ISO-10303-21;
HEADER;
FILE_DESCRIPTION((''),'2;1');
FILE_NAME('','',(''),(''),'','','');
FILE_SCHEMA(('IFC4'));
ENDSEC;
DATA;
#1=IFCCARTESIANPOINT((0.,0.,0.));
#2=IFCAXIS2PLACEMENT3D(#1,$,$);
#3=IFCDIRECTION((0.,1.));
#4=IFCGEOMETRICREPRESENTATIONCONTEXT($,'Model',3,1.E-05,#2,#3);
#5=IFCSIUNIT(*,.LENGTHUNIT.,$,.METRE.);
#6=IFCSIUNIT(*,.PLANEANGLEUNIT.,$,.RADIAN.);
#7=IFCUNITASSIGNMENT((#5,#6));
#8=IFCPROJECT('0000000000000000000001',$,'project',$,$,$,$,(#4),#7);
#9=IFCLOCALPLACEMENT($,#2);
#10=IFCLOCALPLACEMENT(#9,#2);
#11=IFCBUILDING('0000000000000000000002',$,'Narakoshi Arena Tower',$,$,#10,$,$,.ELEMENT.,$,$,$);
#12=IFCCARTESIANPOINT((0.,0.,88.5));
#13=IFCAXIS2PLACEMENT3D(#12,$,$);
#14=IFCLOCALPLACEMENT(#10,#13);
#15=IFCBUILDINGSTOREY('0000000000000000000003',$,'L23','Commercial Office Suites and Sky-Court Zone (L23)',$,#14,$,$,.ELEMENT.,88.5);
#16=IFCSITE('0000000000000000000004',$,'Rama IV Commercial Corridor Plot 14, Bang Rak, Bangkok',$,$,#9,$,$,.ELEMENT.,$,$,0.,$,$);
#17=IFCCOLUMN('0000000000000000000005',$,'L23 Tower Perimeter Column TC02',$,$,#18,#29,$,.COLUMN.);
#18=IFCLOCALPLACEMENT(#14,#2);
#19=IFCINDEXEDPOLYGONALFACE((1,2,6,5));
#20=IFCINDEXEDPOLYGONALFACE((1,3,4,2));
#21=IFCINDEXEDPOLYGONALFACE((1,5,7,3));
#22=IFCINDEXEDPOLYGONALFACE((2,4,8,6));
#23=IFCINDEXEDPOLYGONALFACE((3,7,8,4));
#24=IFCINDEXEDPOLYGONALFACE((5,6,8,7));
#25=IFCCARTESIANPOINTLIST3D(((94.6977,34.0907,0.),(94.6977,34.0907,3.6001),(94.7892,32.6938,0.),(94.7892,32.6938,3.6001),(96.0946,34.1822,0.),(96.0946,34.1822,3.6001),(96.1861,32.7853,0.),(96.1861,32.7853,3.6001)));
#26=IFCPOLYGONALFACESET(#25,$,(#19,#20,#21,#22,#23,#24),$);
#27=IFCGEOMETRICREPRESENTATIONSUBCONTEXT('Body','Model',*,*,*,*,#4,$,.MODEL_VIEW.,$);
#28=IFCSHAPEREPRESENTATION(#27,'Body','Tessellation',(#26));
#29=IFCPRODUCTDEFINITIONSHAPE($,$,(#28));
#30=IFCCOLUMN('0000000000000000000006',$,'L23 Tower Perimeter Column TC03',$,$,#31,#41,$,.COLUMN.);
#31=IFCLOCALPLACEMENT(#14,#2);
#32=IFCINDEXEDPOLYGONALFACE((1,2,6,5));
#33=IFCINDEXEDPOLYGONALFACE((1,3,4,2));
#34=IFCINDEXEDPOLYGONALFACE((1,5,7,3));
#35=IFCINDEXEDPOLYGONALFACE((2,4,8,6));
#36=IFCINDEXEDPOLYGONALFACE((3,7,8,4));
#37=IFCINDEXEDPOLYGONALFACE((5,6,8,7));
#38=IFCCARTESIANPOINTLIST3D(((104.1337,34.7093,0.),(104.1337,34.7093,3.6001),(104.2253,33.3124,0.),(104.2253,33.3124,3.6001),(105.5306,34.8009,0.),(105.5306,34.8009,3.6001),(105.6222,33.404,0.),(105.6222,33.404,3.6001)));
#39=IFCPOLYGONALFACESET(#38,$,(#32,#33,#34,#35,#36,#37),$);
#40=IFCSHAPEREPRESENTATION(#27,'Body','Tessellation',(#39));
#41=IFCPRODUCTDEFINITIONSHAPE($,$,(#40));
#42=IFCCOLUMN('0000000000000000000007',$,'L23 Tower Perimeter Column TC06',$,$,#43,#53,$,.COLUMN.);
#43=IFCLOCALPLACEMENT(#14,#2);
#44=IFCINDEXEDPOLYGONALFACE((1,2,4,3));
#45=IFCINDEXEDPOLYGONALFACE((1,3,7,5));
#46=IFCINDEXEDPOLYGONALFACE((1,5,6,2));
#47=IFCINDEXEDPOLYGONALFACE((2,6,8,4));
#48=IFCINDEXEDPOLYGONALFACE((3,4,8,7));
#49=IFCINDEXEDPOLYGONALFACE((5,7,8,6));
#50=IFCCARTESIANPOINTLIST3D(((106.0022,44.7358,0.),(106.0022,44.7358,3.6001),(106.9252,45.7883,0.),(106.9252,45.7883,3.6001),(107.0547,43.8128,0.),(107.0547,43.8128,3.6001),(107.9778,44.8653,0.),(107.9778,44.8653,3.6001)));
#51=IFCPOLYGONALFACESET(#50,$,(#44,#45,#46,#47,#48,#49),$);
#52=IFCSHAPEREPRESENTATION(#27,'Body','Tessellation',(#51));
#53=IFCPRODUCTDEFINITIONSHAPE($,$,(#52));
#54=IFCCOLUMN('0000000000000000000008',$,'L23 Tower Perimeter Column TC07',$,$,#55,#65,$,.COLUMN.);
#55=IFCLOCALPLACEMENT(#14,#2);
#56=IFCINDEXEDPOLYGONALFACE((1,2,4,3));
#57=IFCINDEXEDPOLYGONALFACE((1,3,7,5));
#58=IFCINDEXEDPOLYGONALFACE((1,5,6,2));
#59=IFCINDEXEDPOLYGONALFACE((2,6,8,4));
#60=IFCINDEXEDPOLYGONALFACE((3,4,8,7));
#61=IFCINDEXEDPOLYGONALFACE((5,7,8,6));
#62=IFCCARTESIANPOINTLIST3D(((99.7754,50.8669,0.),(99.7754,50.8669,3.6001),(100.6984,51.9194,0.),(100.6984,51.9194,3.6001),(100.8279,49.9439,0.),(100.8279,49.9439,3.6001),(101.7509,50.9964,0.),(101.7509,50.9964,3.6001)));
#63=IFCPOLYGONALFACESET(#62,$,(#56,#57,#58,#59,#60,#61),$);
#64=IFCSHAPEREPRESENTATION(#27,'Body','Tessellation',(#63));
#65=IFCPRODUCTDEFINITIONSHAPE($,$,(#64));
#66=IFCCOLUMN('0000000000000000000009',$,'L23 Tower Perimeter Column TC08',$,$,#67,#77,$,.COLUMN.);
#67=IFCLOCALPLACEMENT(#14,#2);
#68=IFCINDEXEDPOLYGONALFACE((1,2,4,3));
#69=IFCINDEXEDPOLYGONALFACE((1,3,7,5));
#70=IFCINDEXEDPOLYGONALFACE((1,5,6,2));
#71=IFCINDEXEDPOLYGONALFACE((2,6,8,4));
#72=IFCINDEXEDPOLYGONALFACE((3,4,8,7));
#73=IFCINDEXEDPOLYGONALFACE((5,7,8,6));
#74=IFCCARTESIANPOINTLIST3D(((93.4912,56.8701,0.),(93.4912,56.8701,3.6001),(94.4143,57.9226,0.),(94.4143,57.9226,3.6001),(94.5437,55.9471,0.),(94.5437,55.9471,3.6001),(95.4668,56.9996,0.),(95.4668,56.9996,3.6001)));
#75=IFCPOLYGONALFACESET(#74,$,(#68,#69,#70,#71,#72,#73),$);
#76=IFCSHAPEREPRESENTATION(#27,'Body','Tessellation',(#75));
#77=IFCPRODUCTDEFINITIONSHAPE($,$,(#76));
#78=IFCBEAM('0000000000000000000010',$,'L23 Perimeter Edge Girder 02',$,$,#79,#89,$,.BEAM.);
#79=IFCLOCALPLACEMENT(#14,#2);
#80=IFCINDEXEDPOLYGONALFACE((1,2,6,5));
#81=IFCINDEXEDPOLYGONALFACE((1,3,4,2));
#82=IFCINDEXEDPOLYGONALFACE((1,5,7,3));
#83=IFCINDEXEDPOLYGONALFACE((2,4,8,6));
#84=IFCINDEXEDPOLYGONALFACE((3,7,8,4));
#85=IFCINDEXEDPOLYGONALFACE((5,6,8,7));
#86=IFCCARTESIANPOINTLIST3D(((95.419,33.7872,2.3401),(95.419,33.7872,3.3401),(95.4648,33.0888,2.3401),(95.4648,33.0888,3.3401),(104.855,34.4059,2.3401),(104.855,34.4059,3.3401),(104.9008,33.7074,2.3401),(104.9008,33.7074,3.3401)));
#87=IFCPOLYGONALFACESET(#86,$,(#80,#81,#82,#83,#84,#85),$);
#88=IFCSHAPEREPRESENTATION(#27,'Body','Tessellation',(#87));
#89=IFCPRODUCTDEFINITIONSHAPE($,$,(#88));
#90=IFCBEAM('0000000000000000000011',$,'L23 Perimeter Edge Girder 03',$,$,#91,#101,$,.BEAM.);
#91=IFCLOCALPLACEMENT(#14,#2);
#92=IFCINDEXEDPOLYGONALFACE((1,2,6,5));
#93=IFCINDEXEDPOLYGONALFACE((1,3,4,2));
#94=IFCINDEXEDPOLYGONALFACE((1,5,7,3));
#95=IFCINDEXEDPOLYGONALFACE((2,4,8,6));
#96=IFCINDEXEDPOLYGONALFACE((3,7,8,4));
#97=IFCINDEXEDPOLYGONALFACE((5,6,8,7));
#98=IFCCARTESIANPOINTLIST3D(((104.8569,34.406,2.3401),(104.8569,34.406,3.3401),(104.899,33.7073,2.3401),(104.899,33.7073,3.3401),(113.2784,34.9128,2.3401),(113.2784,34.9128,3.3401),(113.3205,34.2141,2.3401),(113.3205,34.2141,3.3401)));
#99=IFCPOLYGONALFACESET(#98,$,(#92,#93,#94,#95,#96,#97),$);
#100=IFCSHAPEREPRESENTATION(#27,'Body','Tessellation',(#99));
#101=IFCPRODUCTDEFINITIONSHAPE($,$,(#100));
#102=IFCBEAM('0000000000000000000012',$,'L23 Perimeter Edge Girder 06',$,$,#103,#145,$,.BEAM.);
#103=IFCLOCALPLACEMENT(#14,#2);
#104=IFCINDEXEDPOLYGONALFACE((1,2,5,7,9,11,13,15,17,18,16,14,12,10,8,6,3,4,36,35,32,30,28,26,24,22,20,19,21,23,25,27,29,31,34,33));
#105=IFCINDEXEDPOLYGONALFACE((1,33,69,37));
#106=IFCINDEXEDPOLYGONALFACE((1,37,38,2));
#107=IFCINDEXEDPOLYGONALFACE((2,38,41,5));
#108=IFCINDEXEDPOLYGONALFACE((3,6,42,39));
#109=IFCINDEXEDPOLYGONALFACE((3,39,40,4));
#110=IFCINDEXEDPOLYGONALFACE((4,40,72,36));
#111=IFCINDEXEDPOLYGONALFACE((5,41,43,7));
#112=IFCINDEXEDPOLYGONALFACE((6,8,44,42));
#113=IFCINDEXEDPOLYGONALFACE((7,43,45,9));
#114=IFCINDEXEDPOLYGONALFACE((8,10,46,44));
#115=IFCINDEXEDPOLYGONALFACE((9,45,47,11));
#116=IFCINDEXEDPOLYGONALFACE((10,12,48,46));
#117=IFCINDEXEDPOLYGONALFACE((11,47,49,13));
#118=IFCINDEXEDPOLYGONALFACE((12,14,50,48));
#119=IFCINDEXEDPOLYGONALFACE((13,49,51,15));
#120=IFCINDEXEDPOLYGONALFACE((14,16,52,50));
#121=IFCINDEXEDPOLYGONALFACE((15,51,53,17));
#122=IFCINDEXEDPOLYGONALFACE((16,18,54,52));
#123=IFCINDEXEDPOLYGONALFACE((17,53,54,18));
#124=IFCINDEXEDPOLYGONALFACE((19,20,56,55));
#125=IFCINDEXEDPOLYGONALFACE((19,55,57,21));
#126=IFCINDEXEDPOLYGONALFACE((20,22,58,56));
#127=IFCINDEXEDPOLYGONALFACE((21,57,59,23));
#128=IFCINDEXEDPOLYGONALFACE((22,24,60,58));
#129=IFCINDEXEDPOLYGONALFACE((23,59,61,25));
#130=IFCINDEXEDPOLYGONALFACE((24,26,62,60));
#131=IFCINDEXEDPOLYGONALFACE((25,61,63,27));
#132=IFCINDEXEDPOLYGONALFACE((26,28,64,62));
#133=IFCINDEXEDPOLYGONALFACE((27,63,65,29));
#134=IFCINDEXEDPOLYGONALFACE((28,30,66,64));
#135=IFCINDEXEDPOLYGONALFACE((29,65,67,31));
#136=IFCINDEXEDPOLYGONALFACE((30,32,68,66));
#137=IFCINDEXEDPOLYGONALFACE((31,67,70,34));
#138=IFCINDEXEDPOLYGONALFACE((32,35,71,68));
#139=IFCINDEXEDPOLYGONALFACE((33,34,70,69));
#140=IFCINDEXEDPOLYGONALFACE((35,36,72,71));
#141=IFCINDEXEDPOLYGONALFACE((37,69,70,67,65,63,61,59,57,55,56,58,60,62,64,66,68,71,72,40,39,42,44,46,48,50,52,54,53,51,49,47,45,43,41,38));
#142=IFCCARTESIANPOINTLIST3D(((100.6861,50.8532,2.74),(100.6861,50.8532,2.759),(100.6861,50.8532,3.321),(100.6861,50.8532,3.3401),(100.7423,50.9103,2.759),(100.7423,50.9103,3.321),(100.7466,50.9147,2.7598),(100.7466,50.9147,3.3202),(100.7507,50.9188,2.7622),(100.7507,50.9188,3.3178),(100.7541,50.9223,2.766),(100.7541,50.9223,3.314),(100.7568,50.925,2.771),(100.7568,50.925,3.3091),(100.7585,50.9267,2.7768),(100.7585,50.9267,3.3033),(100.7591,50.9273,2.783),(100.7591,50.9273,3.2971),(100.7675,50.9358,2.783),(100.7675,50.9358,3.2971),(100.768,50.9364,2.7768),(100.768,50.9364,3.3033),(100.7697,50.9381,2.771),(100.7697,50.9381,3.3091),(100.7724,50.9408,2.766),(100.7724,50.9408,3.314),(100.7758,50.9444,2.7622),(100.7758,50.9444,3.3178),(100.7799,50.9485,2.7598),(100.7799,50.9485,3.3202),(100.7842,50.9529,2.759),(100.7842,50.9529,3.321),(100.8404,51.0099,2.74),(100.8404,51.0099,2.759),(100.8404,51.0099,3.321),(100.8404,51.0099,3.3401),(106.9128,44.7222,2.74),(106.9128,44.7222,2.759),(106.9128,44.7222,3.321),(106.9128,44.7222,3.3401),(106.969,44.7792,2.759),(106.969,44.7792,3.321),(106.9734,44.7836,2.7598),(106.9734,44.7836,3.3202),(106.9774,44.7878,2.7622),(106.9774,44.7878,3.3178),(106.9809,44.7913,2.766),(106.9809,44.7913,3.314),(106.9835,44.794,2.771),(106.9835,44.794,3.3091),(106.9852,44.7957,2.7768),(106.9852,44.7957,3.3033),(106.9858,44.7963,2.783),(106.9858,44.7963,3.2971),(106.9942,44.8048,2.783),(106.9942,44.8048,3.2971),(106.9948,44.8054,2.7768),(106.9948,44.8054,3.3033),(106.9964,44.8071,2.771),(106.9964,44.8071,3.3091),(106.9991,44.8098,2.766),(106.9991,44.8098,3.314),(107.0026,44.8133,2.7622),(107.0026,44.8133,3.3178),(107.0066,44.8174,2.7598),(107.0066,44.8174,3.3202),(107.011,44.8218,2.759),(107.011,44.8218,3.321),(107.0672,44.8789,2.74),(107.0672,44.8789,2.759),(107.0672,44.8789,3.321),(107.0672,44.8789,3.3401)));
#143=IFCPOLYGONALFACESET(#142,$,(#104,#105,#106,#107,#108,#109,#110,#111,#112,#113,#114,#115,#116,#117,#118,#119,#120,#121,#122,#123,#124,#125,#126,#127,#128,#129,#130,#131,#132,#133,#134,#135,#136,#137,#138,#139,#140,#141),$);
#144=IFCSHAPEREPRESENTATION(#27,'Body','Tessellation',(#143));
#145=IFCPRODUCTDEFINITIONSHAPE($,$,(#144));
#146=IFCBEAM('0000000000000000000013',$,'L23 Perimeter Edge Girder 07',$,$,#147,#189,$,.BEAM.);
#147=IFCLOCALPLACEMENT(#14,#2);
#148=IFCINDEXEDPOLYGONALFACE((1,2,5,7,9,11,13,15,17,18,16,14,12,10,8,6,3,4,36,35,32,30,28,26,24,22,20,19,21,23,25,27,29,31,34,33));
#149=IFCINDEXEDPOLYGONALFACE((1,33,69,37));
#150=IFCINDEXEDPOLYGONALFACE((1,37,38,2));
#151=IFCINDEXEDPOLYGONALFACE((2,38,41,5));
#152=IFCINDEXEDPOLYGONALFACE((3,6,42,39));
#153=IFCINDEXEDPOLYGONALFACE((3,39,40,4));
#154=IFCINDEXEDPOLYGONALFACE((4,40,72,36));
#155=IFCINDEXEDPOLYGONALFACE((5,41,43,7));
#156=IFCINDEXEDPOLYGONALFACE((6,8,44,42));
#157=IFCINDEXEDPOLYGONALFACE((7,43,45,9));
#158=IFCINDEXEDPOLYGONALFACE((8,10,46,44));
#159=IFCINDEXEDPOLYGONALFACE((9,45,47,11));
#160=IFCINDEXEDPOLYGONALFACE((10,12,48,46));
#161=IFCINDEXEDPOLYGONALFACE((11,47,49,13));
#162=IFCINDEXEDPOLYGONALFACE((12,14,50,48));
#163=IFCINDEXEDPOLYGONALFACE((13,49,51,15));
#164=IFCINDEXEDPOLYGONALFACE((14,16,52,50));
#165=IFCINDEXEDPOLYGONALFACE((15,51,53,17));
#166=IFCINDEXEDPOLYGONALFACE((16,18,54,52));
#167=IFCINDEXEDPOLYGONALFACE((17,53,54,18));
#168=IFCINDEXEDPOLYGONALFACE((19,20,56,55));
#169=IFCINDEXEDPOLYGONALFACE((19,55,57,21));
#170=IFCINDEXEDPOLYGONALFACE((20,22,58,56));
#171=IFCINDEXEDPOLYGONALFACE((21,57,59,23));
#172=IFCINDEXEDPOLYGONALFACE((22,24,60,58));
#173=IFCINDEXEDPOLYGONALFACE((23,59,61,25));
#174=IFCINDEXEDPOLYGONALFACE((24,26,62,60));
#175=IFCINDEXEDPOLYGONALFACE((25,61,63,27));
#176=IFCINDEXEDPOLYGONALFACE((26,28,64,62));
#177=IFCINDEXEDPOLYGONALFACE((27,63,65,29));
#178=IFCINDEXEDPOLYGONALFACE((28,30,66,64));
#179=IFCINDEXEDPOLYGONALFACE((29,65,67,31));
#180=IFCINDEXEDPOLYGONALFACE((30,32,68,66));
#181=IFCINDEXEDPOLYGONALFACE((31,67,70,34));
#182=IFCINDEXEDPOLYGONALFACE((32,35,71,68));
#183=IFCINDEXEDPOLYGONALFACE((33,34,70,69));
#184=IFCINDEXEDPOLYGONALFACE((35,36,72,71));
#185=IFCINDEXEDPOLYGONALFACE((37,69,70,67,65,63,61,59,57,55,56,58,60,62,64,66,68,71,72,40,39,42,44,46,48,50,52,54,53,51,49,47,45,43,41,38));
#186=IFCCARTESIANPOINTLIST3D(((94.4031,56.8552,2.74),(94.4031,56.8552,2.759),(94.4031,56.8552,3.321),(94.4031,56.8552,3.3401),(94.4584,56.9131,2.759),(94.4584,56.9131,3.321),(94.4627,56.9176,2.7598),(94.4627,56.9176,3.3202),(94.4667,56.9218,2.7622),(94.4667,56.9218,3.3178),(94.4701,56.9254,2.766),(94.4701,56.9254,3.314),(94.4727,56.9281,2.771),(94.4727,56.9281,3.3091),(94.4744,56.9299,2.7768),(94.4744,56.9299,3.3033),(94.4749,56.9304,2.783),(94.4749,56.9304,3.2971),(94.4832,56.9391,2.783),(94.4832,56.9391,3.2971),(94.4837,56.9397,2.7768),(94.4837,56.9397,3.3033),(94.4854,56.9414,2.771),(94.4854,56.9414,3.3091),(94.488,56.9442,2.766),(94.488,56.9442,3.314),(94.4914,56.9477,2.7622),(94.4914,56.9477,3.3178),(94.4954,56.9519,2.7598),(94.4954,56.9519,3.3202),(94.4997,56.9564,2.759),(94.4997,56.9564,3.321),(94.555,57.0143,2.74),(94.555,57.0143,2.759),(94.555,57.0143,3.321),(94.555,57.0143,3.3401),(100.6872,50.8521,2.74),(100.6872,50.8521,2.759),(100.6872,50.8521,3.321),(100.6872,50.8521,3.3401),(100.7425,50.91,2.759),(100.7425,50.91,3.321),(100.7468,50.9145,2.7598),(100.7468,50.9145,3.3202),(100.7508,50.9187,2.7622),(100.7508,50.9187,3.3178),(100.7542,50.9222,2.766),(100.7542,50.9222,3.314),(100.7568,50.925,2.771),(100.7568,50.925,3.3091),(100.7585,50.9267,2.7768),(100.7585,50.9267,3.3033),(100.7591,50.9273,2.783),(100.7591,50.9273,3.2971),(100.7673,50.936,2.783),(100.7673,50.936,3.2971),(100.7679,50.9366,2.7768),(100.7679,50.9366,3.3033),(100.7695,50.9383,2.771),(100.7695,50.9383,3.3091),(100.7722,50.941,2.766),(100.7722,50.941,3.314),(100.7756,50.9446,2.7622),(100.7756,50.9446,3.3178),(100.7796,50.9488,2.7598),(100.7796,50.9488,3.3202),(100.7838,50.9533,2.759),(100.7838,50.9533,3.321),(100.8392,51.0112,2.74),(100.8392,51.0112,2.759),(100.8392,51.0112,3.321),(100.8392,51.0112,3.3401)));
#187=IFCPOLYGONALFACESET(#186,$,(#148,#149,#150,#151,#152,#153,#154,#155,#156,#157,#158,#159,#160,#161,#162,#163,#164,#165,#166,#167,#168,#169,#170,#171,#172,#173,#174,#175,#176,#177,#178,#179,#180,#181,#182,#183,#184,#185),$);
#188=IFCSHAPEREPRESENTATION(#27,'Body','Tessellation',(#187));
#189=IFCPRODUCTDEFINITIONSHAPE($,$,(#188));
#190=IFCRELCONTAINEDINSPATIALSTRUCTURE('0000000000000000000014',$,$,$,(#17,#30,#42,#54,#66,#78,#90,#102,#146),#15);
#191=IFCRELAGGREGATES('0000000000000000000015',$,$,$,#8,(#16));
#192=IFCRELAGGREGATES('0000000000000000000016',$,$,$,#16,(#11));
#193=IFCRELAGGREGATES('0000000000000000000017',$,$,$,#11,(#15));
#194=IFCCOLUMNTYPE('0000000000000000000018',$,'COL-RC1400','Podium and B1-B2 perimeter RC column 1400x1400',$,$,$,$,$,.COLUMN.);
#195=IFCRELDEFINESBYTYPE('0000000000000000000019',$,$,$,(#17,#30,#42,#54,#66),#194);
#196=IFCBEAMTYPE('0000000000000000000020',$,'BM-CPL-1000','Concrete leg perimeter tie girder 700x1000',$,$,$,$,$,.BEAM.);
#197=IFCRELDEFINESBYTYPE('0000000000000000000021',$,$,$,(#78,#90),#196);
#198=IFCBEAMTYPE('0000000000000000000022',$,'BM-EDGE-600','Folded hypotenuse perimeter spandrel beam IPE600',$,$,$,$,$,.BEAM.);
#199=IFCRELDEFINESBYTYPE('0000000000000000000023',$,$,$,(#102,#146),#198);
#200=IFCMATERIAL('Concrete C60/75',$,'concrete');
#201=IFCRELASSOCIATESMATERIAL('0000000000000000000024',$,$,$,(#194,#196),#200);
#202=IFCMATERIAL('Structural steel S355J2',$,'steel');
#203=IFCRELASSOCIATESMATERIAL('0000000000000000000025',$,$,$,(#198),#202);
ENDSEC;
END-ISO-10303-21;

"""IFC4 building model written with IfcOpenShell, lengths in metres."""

from ifc_helpers import new_model, si_unit, direction, frame, origin, origin_2d, place, context, subcontext, project, spatial, rectangle, i_section, extrude, material, material_profile, profile_set, type_object, element, save


model = new_model("IFC4")

# Units and contexts
model_context = context("Model", 3, precision=1e-05, world=origin(), true_north=direction((0.0, 1.0)))
body_context = subcontext(model_context, "Body", "Model", "MODEL_VIEW")
ifc_project = project(units=[si_unit("LENGTHUNIT", "METRE"), si_unit("PLANEANGLEUNIT", "RADIAN")], contexts=[model_context])

# Site, building, storey
site_placement = place(None, origin())
site = spatial("IfcSite", under=ifc_project, at=site_placement, Name="Rama IV Commercial Corridor Plot 14, Bang Rak, Bangkok", CompositionType="ELEMENT", RefElevation=0.0)
building_placement = place(site_placement, origin())
building = spatial("IfcBuilding", under=site, at=building_placement, Name="Narakoshi Arena Tower", CompositionType="ELEMENT")
storey_placement = place(building_placement, frame((0.0, 0.0, 88.5)))
storey = spatial("IfcBuildingStorey", under=building, at=storey_placement, Name="L23", Description="Commercial Office Suites and Sky-Court Zone (L23)", CompositionType="ELEMENT", Elevation=88.5)

# Columns
ifc_material_1 = material(Name="Concrete C60/75", Category="concrete")
ifc_material_profile_1 = material_profile(ifc_material_1, rectangle(XDim=1.3999, YDim=1.3999, at=origin_2d()), Name="RC1400x1400")
ifc_profile_set_1 = profile_set([ifc_material_profile_1], Name="Concrete C60/75")
column_type = type_object("IfcColumnType", Name="COL-RC1400", Description="Podium and B1-B2 perimeter RC column 1400x1400", PredefinedType="COLUMN", material=ifc_profile_set_1)
for number, where, z_axis, x_axis, name in (
    (1, (95.4419, 33.438, 0.0), (0.0, 0.0, 1.0), (0.997859, 0.065403, 0.0), "L23 Tower Perimeter Column TC02"),
    (2, (104.8779, 34.0566, 0.0), (0.0, 0.0, 1.0), (0.997859, 0.065403, 0.0), "L23 Tower Perimeter Column TC03"),
    (3, (106.99, 44.8005, 0.0), (0.0, 0.0, 1.0), (0.659346, 0.75184, 0.0), "L23 Tower Perimeter Column TC06"),
    (4, (100.7632, 50.9316, 0.0), (0.0, 0.0, 1.0), (0.659346, 0.75184, 0.0), "L23 Tower Perimeter Column TC07"),
    (5, (94.479, 56.9348, 0.0), (0.0, 0.0, 1.0), (0.659346, 0.75184, 0.0), "L23 Tower Perimeter Column TC08"),
):
    element("IfcColumn", number, at=place(storey_placement, frame(where, z_axis=z_axis, x_axis=x_axis)), inside=storey, type_object=column_type, Name=name, PredefinedType="COLUMN", context=body_context, shape_type="SweptSolid", body=[
        extrude(rectangle(XDim=1.3999, YDim=1.3999, at=origin_2d()), origin(), (0.0, 0.0, 1.0), 3.6001),
    ])

# Beams
ifc_material_profile_2 = material_profile(ifc_material_1, rectangle(XDim=0.7, YDim=1.0, at=origin_2d()), Name="RCB700x1000")
ifc_profile_set_2 = profile_set([ifc_material_profile_2], Name="Concrete C60/75")
beam_type_1 = type_object("IfcBeamType", Name="BM-CPL-1000", Description="Concrete leg perimeter tie girder 700x1000", PredefinedType="BEAM", material=ifc_profile_set_2)
beam_1_placement = place(storey_placement, frame((95.4419, 33.438, 2.8401), z_axis=(0.997858, 0.065422, 0.0), x_axis=(-0.065422, 0.997858, 0.0)))
element("IfcBeam", 6, at=beam_1_placement, inside=storey, type_object=beam_type_1, Name="L23 Perimeter Edge Girder 02", PredefinedType="BEAM", context=body_context, shape_type="SweptSolid", body=[
    extrude(rectangle(XDim=0.7, YDim=1.0, at=origin_2d()), origin(), (0.0, 0.0, 1.0), 9.4563),
])
beam_2_placement = place(storey_placement, frame((104.8779, 34.0566, 2.8401), z_axis=(0.998194, 0.060074, 0.0), x_axis=(-0.060074, 0.998194, 0.0)))
element("IfcBeam", 7, at=beam_2_placement, inside=storey, type_object=beam_type_1, Name="L23 Perimeter Edge Girder 03", PredefinedType="BEAM", context=body_context, shape_type="SweptSolid", body=[
    extrude(rectangle(XDim=0.7, YDim=1.0, at=origin_2d()), origin(), (0.0, 0.0, 1.0), 8.4368),
])
ifc_material_2 = material(Name="Structural steel S355J2", Category="steel")
ifc_material_profile_3 = material_profile(ifc_material_2, i_section(OverallWidth=0.22, OverallDepth=0.6001, WebThickness=0.012, FlangeThickness=0.019, FilletRadius=0.0239, at=origin_2d()), Name="IPE600")
ifc_profile_set_3 = profile_set([ifc_material_profile_3], Name="Structural steel S355J2")
beam_type_2 = type_object("IfcBeamType", Name="BM-EDGE-600", Description="Folded hypotenuse perimeter spandrel beam IPE600", PredefinedType="BEAM", material=ifc_profile_set_3)
beam_3_placement = place(storey_placement, frame((106.99, 44.8005, 3.04), z_axis=(-0.712561, 0.70161, 0.0), x_axis=(-0.70161, -0.712561, 0.0)))
element("IfcBeam", 8, at=beam_3_placement, inside=storey, type_object=beam_type_2, Name="L23 Perimeter Edge Girder 06", PredefinedType="BEAM", context=body_context, shape_type="SweptSolid", body=[
    extrude(i_section(OverallWidth=0.22, OverallDepth=0.6001, WebThickness=0.012, FlangeThickness=0.019, FilletRadius=0.0239, at=origin_2d()), origin(), (0.0, 0.0, 1.0), 8.7385),
])
beam_4_placement = place(storey_placement, frame((100.7632, 50.9316, 3.04), z_axis=(-0.723089, 0.690755, 0.0), x_axis=(-0.690755, -0.723089, 0.0)))
element("IfcBeam", 9, at=beam_4_placement, inside=storey, type_object=beam_type_2, Name="L23 Perimeter Edge Girder 07", PredefinedType="BEAM", context=body_context, shape_type="SweptSolid", body=[
    extrude(i_section(OverallWidth=0.22, OverallDepth=0.6001, WebThickness=0.012, FlangeThickness=0.019, FilletRadius=0.0239, at=origin_2d()), origin(), (0.0, 0.0, 1.0), 8.6907),
])

save(model, "model.ifc")
